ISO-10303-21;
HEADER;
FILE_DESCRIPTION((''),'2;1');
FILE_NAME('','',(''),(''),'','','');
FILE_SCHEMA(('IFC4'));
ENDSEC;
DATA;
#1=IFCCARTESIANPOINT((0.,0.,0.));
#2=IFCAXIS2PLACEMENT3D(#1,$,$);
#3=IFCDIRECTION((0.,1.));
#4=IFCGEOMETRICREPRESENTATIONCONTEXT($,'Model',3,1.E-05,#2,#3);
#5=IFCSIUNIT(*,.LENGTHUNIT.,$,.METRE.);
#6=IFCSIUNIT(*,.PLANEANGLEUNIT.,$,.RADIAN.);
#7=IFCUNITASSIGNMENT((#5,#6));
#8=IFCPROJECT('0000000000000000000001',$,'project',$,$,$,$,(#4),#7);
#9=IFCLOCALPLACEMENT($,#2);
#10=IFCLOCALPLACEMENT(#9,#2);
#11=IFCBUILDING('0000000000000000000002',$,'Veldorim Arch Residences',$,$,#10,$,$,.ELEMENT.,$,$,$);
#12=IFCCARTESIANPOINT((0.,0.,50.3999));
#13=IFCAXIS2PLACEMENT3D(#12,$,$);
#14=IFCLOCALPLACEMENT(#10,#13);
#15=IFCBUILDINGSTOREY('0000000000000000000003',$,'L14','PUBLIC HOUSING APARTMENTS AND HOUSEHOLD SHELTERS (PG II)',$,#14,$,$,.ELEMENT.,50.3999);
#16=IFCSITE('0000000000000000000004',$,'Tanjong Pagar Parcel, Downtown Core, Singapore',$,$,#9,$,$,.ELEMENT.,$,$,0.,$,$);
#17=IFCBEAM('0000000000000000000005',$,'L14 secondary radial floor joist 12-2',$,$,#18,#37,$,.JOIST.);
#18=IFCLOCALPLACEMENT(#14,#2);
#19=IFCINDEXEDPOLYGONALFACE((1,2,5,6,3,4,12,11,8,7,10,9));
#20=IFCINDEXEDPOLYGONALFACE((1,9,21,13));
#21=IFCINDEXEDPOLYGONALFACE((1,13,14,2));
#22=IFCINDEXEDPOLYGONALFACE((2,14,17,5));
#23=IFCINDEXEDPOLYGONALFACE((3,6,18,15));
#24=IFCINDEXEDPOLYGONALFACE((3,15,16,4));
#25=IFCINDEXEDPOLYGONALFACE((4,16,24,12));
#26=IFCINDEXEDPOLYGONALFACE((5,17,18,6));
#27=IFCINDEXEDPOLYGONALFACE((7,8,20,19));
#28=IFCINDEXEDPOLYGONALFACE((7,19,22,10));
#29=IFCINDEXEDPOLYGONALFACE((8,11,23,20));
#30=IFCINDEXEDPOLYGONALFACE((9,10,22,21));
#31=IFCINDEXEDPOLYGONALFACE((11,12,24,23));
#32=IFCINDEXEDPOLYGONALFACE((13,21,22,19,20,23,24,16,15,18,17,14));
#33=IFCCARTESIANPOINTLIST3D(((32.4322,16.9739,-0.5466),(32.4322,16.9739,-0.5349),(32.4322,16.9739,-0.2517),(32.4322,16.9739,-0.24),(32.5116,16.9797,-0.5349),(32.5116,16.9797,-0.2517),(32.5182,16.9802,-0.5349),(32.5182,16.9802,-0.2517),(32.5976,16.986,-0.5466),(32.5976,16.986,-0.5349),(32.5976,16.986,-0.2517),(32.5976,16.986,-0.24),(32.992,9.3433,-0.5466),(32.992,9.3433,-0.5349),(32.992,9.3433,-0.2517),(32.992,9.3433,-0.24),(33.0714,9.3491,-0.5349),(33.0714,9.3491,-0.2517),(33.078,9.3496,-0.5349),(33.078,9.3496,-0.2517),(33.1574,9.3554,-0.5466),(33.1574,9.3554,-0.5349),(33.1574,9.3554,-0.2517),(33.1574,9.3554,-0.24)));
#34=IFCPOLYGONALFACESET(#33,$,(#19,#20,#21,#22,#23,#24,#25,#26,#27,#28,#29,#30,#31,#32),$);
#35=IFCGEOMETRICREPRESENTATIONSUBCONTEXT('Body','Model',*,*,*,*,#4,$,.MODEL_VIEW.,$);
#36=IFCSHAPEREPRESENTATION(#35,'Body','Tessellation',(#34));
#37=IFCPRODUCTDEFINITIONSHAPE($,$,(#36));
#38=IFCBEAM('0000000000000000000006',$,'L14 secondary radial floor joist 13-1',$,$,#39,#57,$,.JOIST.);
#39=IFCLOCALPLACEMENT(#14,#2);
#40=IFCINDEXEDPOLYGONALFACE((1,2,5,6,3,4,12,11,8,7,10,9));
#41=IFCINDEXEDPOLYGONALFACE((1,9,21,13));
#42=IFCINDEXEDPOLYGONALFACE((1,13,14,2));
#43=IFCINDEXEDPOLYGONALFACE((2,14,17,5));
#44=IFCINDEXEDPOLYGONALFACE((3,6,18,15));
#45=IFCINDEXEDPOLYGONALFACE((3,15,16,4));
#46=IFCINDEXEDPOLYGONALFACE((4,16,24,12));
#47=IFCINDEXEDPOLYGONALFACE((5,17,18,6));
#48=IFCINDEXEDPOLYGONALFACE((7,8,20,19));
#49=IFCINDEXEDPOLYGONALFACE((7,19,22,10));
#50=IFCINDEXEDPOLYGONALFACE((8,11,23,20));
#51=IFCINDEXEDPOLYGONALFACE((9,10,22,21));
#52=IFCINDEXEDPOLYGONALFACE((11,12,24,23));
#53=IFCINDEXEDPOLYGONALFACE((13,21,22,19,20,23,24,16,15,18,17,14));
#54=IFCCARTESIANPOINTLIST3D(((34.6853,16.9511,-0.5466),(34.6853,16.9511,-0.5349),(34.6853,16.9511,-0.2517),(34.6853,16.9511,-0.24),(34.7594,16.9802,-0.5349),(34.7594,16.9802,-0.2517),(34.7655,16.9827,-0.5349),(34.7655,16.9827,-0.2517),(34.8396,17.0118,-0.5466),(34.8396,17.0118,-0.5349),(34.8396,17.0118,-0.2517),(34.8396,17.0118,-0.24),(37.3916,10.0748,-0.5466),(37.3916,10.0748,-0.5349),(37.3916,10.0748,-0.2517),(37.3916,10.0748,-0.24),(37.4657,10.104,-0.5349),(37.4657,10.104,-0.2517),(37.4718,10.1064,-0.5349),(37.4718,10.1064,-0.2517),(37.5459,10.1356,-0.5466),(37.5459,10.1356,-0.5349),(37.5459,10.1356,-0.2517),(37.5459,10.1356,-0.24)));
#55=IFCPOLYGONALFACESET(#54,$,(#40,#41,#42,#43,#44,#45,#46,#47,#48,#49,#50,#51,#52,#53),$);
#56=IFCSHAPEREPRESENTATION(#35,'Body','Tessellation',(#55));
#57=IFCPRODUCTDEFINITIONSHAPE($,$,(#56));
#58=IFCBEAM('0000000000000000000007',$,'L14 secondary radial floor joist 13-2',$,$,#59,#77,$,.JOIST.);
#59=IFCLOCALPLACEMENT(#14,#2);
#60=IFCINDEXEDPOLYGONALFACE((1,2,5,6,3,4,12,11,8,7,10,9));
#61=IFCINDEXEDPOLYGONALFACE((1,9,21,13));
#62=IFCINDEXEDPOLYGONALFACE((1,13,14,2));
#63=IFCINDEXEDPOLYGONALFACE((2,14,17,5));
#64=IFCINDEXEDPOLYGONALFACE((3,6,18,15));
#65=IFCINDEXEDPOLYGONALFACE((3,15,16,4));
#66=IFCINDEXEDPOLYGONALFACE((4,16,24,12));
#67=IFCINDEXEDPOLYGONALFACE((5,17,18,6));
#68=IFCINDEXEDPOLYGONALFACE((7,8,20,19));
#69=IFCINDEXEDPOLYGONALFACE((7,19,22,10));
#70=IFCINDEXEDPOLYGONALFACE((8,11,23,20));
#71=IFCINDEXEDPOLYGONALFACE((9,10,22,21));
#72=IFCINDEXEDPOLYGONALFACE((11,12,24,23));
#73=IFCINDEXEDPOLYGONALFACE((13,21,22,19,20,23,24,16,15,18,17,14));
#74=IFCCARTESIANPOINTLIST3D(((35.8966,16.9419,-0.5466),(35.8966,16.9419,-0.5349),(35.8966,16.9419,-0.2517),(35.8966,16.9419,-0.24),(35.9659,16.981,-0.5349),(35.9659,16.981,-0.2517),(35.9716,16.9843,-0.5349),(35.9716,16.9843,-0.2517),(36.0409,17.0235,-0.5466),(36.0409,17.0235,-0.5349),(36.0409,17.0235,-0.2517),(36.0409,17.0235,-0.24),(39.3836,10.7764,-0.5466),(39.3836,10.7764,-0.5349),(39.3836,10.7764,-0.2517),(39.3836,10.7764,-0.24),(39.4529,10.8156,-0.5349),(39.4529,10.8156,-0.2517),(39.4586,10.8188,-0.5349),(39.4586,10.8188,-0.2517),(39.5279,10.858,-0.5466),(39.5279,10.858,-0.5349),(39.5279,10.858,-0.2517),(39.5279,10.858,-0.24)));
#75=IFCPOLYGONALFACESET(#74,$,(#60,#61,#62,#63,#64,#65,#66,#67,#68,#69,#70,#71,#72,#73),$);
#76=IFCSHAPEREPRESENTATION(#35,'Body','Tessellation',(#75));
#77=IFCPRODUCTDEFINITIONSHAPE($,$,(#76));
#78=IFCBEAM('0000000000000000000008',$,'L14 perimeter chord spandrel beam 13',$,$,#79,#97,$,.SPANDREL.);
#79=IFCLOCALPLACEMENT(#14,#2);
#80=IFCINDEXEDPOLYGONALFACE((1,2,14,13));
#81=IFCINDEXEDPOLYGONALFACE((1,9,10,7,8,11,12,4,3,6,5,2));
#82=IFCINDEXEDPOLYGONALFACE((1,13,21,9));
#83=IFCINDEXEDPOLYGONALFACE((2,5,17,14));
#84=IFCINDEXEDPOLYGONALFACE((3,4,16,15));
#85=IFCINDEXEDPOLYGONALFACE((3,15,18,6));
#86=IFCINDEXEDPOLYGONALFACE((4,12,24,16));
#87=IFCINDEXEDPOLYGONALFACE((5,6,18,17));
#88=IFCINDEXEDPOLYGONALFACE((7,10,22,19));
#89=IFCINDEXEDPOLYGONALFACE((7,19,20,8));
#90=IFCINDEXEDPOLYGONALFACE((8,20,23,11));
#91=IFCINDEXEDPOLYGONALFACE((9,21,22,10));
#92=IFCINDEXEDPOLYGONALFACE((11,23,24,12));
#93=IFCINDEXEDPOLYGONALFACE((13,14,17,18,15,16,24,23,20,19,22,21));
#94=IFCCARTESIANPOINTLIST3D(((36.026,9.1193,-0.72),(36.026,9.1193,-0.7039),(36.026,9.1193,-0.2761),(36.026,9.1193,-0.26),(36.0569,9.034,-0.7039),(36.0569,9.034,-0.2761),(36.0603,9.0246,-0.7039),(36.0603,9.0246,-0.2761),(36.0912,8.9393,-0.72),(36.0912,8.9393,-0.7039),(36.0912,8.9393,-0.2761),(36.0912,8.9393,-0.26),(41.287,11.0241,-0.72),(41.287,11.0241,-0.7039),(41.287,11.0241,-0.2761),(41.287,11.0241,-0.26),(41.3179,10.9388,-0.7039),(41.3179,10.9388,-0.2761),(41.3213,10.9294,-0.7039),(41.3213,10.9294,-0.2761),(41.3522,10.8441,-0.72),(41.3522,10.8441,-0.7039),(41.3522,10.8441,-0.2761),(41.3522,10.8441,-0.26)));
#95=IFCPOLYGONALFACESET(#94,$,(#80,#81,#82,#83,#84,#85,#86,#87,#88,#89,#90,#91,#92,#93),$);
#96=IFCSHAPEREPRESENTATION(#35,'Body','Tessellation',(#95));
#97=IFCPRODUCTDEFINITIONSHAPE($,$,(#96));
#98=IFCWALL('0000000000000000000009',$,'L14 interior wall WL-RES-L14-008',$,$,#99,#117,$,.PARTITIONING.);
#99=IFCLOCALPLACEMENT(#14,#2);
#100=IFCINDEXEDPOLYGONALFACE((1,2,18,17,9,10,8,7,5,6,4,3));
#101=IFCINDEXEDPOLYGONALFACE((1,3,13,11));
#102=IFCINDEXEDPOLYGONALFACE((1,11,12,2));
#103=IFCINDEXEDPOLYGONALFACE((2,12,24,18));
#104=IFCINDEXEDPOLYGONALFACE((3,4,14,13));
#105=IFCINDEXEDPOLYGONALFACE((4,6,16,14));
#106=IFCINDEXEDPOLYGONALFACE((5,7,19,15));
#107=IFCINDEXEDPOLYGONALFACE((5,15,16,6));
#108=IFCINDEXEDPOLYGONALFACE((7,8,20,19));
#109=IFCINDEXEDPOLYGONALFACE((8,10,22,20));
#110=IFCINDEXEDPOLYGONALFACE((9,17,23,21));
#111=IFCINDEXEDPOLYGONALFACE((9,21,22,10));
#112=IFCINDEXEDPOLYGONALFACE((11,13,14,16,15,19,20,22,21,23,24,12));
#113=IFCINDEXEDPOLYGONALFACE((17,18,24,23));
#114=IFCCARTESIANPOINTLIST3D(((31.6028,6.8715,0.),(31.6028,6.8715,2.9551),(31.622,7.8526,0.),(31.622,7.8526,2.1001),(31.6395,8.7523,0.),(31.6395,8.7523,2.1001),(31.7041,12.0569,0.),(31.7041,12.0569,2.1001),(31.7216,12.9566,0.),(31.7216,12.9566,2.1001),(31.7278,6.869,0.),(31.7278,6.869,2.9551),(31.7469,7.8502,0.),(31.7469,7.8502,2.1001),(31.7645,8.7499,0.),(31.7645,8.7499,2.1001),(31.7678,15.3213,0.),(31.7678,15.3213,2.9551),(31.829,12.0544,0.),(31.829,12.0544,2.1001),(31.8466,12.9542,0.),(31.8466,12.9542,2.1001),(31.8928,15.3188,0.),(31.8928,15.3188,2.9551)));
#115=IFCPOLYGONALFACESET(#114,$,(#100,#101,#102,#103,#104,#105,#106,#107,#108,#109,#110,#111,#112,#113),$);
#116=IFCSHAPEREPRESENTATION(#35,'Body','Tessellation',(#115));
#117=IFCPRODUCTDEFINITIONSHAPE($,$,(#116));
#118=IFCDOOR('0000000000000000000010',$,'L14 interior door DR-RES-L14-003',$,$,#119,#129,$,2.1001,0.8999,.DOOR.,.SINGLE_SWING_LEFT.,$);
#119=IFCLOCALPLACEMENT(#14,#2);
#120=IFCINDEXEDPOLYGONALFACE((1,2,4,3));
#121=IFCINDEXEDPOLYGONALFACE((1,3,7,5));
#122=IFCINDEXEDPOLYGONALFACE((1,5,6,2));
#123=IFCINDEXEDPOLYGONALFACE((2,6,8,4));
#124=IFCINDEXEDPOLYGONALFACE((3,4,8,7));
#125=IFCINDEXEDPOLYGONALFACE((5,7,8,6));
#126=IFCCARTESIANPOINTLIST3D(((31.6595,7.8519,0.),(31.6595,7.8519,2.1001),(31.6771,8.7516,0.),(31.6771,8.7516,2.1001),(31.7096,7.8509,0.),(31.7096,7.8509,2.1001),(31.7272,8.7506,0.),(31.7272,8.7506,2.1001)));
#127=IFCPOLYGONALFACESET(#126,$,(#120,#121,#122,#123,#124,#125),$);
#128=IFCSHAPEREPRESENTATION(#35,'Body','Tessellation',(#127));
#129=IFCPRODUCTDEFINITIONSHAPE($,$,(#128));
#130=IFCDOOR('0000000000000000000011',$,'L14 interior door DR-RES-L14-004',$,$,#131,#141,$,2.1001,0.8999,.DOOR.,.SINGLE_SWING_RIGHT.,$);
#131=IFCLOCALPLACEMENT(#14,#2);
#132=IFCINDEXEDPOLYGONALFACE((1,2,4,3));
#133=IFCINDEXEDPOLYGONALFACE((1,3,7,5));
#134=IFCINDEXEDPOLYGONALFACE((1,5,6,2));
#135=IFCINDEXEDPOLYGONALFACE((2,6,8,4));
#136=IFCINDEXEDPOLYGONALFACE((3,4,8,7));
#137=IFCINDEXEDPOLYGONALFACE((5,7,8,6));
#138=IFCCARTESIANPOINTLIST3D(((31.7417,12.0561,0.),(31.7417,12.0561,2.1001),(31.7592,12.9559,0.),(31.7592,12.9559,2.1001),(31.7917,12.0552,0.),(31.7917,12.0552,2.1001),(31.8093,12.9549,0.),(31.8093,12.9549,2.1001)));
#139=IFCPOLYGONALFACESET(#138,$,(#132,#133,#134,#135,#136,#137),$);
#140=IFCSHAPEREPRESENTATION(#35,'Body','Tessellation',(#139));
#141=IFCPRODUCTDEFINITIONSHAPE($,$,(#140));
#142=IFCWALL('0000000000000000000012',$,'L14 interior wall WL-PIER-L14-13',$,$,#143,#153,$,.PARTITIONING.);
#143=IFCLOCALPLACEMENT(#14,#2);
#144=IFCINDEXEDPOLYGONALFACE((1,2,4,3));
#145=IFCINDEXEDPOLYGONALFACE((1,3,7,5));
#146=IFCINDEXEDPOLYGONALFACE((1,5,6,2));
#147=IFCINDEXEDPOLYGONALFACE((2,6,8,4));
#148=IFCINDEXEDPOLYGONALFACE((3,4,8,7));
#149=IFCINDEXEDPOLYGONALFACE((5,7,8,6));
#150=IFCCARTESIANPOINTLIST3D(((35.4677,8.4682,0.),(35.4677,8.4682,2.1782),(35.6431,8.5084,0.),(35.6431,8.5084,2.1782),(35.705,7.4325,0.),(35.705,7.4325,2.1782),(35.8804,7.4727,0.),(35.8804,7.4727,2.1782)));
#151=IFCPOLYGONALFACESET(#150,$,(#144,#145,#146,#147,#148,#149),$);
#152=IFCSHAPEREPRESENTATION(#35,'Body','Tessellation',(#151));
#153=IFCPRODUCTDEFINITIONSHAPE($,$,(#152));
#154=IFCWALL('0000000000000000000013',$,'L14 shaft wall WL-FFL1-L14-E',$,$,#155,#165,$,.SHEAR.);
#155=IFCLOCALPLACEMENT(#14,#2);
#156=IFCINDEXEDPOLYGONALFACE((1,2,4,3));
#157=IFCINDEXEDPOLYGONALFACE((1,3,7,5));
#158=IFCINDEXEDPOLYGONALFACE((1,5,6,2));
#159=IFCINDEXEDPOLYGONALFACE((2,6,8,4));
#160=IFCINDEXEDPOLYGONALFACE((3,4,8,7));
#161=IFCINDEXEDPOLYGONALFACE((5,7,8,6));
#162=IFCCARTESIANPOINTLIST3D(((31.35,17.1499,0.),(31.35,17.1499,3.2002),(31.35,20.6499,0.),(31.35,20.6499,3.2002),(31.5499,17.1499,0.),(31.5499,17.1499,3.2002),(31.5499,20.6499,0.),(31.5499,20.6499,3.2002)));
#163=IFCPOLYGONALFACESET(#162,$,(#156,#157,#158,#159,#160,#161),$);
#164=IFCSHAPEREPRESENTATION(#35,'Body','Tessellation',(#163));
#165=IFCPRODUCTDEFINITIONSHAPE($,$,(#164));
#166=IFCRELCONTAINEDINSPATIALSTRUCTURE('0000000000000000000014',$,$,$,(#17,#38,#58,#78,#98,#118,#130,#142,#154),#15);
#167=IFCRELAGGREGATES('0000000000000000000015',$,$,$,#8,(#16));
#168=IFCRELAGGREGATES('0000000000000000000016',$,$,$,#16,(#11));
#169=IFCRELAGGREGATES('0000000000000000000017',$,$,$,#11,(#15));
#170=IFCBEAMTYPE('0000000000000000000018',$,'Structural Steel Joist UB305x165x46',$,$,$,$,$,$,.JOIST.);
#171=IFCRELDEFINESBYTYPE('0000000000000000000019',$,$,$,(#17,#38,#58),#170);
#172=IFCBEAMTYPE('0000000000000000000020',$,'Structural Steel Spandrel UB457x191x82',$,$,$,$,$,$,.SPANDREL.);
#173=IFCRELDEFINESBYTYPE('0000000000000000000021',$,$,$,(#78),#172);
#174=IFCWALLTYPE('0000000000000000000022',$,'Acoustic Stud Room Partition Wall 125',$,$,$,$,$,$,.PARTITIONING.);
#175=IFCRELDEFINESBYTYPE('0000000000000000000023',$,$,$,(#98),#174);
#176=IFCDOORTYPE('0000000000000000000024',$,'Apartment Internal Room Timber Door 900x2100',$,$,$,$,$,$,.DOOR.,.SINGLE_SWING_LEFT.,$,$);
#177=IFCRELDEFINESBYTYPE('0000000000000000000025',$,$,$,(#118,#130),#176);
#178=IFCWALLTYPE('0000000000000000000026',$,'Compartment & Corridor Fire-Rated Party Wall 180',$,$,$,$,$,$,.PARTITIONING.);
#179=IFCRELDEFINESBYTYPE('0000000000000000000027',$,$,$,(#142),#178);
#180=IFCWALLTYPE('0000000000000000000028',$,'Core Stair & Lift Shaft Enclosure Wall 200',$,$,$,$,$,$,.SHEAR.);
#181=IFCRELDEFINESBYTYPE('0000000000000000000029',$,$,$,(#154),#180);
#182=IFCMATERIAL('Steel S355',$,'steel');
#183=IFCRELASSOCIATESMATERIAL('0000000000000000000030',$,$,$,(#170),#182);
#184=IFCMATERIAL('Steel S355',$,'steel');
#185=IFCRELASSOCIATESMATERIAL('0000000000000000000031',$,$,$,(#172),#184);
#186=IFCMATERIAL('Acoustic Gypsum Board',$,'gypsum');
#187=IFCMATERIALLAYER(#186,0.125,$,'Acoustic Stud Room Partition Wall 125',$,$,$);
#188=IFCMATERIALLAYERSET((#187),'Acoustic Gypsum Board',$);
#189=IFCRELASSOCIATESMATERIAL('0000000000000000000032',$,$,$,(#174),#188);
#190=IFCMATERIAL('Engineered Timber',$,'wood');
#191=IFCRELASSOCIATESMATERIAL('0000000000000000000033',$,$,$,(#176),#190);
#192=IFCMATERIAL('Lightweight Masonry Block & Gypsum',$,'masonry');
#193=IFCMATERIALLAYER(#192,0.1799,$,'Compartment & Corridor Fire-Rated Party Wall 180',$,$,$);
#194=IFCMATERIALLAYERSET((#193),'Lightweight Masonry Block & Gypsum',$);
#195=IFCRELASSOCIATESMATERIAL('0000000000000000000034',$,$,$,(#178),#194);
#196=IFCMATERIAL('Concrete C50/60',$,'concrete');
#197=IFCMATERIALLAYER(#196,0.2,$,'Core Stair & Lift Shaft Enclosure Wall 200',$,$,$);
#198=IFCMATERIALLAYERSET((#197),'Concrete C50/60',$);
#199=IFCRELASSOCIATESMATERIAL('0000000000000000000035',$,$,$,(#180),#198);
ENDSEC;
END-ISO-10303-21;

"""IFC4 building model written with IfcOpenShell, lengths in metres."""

from ifc_helpers import new_model, si_unit, direction, frame, frame_2d, origin, origin_2d, place, context, subcontext, project, spatial, rectangle, i_section, extrude, material, layer, layer_set, material_profile, profile_set, type_object, element, fill, save


model = new_model("IFC4")

# Units and contexts
model_context = context("Model", 3, precision=1e-05, world=origin(), true_north=direction((0.0, 1.0)))
body_context = subcontext(model_context, "Body", "Model", "MODEL_VIEW")
ifc_project = project(units=[si_unit("LENGTHUNIT", "METRE"), si_unit("PLANEANGLEUNIT", "RADIAN")], contexts=[model_context])

# Site, building, storey
site_placement = place(None, origin())
site = spatial("IfcSite", under=ifc_project, at=site_placement, Name="Tanjong Pagar Parcel, Downtown Core, Singapore", CompositionType="ELEMENT", RefElevation=0.0)
building_placement = place(site_placement, origin())
building = spatial("IfcBuilding", under=site, at=building_placement, Name="Veldorim Arch Residences", CompositionType="ELEMENT")
storey_placement = place(building_placement, frame((0.0, 0.0, 50.3999)))
storey = spatial("IfcBuildingStorey", under=building, at=storey_placement, Name="L14", Description="PUBLIC HOUSING APARTMENTS AND HOUSEHOLD SHELTERS (PG II)", CompositionType="ELEMENT", Elevation=50.3999)

# Beams
ifc_material_1 = material(Name="Steel S355", Category="steel")
ifc_material_profile_1 = material_profile(ifc_material_1, i_section(OverallWidth=0.1658, OverallDepth=0.3066, WebThickness=0.0066, FlangeThickness=0.0117, at=origin_2d()), Name="UB305x165x46")
ifc_profile_set_1 = profile_set([ifc_material_profile_1], Name="Steel S355")
beam_type_1 = type_object("IfcBeamType", Name="Structural Steel Joist UB305x165x46", PredefinedType="JOIST", material=ifc_profile_set_1)
for number, where, z_axis, x_axis, name in (
    (1, (32.5149, 16.98, -0.3933), (0.073168, -0.99732, 0.0), (0.99732, 0.073168, 0.0), "L14 secondary radial floor joist 12-2"),
):
    element("IfcBeam", number, at=place(storey_placement, frame(where, z_axis=z_axis, x_axis=x_axis)), inside=storey, type_object=beam_type_1, Name=name, PredefinedType="JOIST", context=body_context, shape_type="SweptSolid", body=[
        extrude(i_section(OverallWidth=0.1658, OverallDepth=0.3066, WebThickness=0.0066, FlangeThickness=0.0117, at=origin_2d()), origin(), (0.0, 0.0, 1.0), 7.6511),
    ])
beam_1_placement = place(storey_placement, frame((34.7625, 16.9814, -0.3933), z_axis=(0.36623, -0.930524, 0.0), x_axis=(0.930524, 0.36623, 0.0)))
element("IfcBeam", 2, at=beam_1_placement, inside=storey, type_object=beam_type_1, Name="L14 secondary radial floor joist 13-1", PredefinedType="JOIST", context=body_context, shape_type="SweptSolid", body=[
    extrude(i_section(OverallWidth=0.1658, OverallDepth=0.3066, WebThickness=0.0066, FlangeThickness=0.0117, at=origin_2d()), origin(), (0.0, 0.0, 1.0), 7.3896),
])
beam_2_placement = place(storey_placement, frame((35.9688, 16.9827, -0.3933), z_axis=(0.492292, -0.87043, 0.0), x_axis=(0.87043, 0.492292, 0.0)))
element("IfcBeam", 3, at=beam_2_placement, inside=storey, type_object=beam_type_1, Name="L14 secondary radial floor joist 13-2", PredefinedType="JOIST", context=body_context, shape_type="SweptSolid", body=[
    extrude(i_section(OverallWidth=0.1658, OverallDepth=0.3066, WebThickness=0.0066, FlangeThickness=0.0117, at=origin_2d()), origin(), (0.0, 0.0, 1.0), 7.0833),
])
ifc_material_2 = material(Name="Steel S355", Category="steel")
ifc_material_profile_2 = material_profile(ifc_material_2, i_section(OverallWidth=0.1914, OverallDepth=0.46, WebThickness=0.01, FlangeThickness=0.0161, at=origin_2d()), Name="UB457x191x82")
ifc_profile_set_2 = profile_set([ifc_material_profile_2], Name="Steel S355")
beam_type_2 = type_object("IfcBeamType", Name="Structural Steel Spandrel UB457x191x82", PredefinedType="SPANDREL", material=ifc_profile_set_2)
beam_3_placement = place(storey_placement, frame((36.0586, 9.0293, -0.49), z_axis=(0.940269, 0.340432, 0.0), x_axis=(-0.340432, 0.940269, 0.0)))
element("IfcBeam", 4, at=beam_3_placement, inside=storey, type_object=beam_type_2, Name="L14 perimeter chord spandrel beam 13", PredefinedType="SPANDREL", context=body_context, shape_type="SweptSolid", body=[
    extrude(i_section(OverallWidth=0.1914, OverallDepth=0.46, WebThickness=0.01, FlangeThickness=0.0161, at=origin_2d()), origin(), (0.0, 0.0, 1.0), 5.5952),
])

# Wall, openings, doors
ifc_material_3 = material(Name="Acoustic Gypsum Board", Category="gypsum")
ifc_layer_1 = layer(ifc_material_3, 0.125, Name="Acoustic Stud Room Partition Wall 125")
ifc_layer_set_1 = layer_set([ifc_layer_1], Name="Acoustic Gypsum Board")
wall_type_1 = type_object("IfcWallType", Name="Acoustic Stud Room Partition Wall 125", PredefinedType="PARTITIONING", material=ifc_layer_set_1)
wall_1_placement = place(storey_placement, frame((31.6653, 6.8704, 0.0), z_axis=(0.0, 0.0, 1.0), x_axis=(0.019528, 0.999809, 0.0)))
wall_1 = element("IfcWall", 5, at=wall_1_placement, inside=storey, type_object=wall_type_1, Name="L14 interior wall WL-RES-L14-008", PredefinedType="PARTITIONING", context=body_context, shape_type="SweptSolid", body=[
    extrude(rectangle(XDim=8.4514, YDim=0.125, at=frame_2d((4.2256, 0.0))), origin(), (0.0, 0.0, 1.0), 2.9551),
])
opening_1_placement = place(wall_1_placement, frame((0.9812, 0.0, 0.0)))
opening_1 = element("IfcOpeningElement", 6, at=opening_1_placement, cuts=wall_1, PredefinedType="OPENING", context=body_context, shape_type="SweptSolid", body=[
    extrude(rectangle(XDim=0.8999, YDim=2.1001, at=frame_2d((0.45, 1.05))), frame((0.0, 0.0725, 0.0), z_axis=(0.0, -1.0, 0.0), x_axis=(1.0, 0.0, 0.0)), (0.0, 0.0, 1.0), 0.145),
])
opening_2_placement = place(wall_1_placement, frame((5.1863, 0.0, 0.0)))
opening_2 = element("IfcOpeningElement", 7, at=opening_2_placement, cuts=wall_1, PredefinedType="OPENING", context=body_context, shape_type="SweptSolid", body=[
    extrude(rectangle(XDim=0.8999, YDim=2.1001, at=frame_2d((0.45, 1.05))), frame((0.0, 0.0725, 0.0), z_axis=(0.0, -1.0, 0.0), x_axis=(1.0, 0.0, 0.0)), (0.0, 0.0, 1.0), 0.145),
])
ifc_material_4 = material(Name="Engineered Timber", Category="wood")
door_type_1 = type_object("IfcDoorType", Name="Apartment Internal Room Timber Door 900x2100", OperationType="SINGLE_SWING_LEFT", PredefinedType="DOOR", material=ifc_material_4)
door_1_placement = place(opening_1_placement, origin())
door_1 = element("IfcDoor", 8, at=door_1_placement, inside=storey, type_object=door_type_1, Name="L14 interior door DR-RES-L14-003", OperationType="SINGLE_SWING_LEFT", OverallHeight=2.1001, OverallWidth=0.8999, PredefinedType="DOOR", context=body_context, shape_type="SweptSolid", body=[
    extrude(rectangle(XDim=0.8999, YDim=2.1001, at=frame_2d((0.45, 1.05))), frame((0.0, 0.0249, 0.0), z_axis=(0.0, -1.0, 0.0), x_axis=(1.0, 0.0, 0.0)), (0.0, 0.0, 1.0), 0.05),
])
fill(opening_1, door_1)
door_2_placement = place(opening_2_placement, origin())
door_2 = element("IfcDoor", 9, at=door_2_placement, inside=storey, type_object=door_type_1, Name="L14 interior door DR-RES-L14-004", OperationType="SINGLE_SWING_RIGHT", OverallHeight=2.1001, OverallWidth=0.8999, PredefinedType="DOOR", context=body_context, shape_type="SweptSolid", body=[
    extrude(rectangle(XDim=0.8999, YDim=2.1001, at=frame_2d((0.45, 1.05))), frame((0.0, 0.0249, 0.0), z_axis=(0.0, -1.0, 0.0), x_axis=(1.0, 0.0, 0.0)), (0.0, 0.0, 1.0), 0.05),
])
fill(opening_2, door_2)

# Walls
ifc_material_5 = material(Name="Lightweight Masonry Block & Gypsum", Category="masonry")
ifc_layer_2 = layer(ifc_material_5, 0.1799, Name="Compartment & Corridor Fire-Rated Party Wall 180")
ifc_layer_set_2 = layer_set([ifc_layer_2], Name="Lightweight Masonry Block & Gypsum")
wall_type_2 = type_object("IfcWallType", Name="Compartment & Corridor Fire-Rated Party Wall 180", PredefinedType="PARTITIONING", material=ifc_layer_set_2)
wall_2_placement = place(storey_placement, frame((35.5554, 8.4883, 0.0), z_axis=(0.0, 0.0, 1.0), x_axis=(0.223349, -0.974739, 0.0)))
element("IfcWall", 10, at=wall_2_placement, inside=storey, type_object=wall_type_2, Name="L14 interior wall WL-PIER-L14-13", PredefinedType="PARTITIONING", context=body_context, shape_type="SweptSolid", body=[
    extrude(rectangle(XDim=1.0625, YDim=0.1799, at=frame_2d((0.5312, 0.0))), origin(), (0.0, 0.0, 1.0), 2.1782),
])
ifc_material_6 = material(Name="Concrete C50/60", Category="concrete")
ifc_layer_3 = layer(ifc_material_6, 0.2, Name="Core Stair & Lift Shaft Enclosure Wall 200")
ifc_layer_set_3 = layer_set([ifc_layer_3], Name="Concrete C50/60")
wall_type_3 = type_object("IfcWallType", Name="Core Stair & Lift Shaft Enclosure Wall 200", PredefinedType="SHEAR", material=ifc_layer_set_3)
wall_3_placement = place(storey_placement, frame((31.45, 17.1499, 0.0), z_axis=(0.0, 0.0, 1.0), x_axis=(0.0, 1.0, 0.0)))
element("IfcWall", 11, at=wall_3_placement, inside=storey, type_object=wall_type_3, Name="L14 shaft wall WL-FFL1-L14-E", PredefinedType="SHEAR", context=body_context, shape_type="SweptSolid", body=[
    extrude(rectangle(XDim=3.5, YDim=0.2, at=frame_2d((1.75, 0.0))), origin(), (0.0, 0.0, 1.0), 3.2002),
])

save(model, "model.ifc")
